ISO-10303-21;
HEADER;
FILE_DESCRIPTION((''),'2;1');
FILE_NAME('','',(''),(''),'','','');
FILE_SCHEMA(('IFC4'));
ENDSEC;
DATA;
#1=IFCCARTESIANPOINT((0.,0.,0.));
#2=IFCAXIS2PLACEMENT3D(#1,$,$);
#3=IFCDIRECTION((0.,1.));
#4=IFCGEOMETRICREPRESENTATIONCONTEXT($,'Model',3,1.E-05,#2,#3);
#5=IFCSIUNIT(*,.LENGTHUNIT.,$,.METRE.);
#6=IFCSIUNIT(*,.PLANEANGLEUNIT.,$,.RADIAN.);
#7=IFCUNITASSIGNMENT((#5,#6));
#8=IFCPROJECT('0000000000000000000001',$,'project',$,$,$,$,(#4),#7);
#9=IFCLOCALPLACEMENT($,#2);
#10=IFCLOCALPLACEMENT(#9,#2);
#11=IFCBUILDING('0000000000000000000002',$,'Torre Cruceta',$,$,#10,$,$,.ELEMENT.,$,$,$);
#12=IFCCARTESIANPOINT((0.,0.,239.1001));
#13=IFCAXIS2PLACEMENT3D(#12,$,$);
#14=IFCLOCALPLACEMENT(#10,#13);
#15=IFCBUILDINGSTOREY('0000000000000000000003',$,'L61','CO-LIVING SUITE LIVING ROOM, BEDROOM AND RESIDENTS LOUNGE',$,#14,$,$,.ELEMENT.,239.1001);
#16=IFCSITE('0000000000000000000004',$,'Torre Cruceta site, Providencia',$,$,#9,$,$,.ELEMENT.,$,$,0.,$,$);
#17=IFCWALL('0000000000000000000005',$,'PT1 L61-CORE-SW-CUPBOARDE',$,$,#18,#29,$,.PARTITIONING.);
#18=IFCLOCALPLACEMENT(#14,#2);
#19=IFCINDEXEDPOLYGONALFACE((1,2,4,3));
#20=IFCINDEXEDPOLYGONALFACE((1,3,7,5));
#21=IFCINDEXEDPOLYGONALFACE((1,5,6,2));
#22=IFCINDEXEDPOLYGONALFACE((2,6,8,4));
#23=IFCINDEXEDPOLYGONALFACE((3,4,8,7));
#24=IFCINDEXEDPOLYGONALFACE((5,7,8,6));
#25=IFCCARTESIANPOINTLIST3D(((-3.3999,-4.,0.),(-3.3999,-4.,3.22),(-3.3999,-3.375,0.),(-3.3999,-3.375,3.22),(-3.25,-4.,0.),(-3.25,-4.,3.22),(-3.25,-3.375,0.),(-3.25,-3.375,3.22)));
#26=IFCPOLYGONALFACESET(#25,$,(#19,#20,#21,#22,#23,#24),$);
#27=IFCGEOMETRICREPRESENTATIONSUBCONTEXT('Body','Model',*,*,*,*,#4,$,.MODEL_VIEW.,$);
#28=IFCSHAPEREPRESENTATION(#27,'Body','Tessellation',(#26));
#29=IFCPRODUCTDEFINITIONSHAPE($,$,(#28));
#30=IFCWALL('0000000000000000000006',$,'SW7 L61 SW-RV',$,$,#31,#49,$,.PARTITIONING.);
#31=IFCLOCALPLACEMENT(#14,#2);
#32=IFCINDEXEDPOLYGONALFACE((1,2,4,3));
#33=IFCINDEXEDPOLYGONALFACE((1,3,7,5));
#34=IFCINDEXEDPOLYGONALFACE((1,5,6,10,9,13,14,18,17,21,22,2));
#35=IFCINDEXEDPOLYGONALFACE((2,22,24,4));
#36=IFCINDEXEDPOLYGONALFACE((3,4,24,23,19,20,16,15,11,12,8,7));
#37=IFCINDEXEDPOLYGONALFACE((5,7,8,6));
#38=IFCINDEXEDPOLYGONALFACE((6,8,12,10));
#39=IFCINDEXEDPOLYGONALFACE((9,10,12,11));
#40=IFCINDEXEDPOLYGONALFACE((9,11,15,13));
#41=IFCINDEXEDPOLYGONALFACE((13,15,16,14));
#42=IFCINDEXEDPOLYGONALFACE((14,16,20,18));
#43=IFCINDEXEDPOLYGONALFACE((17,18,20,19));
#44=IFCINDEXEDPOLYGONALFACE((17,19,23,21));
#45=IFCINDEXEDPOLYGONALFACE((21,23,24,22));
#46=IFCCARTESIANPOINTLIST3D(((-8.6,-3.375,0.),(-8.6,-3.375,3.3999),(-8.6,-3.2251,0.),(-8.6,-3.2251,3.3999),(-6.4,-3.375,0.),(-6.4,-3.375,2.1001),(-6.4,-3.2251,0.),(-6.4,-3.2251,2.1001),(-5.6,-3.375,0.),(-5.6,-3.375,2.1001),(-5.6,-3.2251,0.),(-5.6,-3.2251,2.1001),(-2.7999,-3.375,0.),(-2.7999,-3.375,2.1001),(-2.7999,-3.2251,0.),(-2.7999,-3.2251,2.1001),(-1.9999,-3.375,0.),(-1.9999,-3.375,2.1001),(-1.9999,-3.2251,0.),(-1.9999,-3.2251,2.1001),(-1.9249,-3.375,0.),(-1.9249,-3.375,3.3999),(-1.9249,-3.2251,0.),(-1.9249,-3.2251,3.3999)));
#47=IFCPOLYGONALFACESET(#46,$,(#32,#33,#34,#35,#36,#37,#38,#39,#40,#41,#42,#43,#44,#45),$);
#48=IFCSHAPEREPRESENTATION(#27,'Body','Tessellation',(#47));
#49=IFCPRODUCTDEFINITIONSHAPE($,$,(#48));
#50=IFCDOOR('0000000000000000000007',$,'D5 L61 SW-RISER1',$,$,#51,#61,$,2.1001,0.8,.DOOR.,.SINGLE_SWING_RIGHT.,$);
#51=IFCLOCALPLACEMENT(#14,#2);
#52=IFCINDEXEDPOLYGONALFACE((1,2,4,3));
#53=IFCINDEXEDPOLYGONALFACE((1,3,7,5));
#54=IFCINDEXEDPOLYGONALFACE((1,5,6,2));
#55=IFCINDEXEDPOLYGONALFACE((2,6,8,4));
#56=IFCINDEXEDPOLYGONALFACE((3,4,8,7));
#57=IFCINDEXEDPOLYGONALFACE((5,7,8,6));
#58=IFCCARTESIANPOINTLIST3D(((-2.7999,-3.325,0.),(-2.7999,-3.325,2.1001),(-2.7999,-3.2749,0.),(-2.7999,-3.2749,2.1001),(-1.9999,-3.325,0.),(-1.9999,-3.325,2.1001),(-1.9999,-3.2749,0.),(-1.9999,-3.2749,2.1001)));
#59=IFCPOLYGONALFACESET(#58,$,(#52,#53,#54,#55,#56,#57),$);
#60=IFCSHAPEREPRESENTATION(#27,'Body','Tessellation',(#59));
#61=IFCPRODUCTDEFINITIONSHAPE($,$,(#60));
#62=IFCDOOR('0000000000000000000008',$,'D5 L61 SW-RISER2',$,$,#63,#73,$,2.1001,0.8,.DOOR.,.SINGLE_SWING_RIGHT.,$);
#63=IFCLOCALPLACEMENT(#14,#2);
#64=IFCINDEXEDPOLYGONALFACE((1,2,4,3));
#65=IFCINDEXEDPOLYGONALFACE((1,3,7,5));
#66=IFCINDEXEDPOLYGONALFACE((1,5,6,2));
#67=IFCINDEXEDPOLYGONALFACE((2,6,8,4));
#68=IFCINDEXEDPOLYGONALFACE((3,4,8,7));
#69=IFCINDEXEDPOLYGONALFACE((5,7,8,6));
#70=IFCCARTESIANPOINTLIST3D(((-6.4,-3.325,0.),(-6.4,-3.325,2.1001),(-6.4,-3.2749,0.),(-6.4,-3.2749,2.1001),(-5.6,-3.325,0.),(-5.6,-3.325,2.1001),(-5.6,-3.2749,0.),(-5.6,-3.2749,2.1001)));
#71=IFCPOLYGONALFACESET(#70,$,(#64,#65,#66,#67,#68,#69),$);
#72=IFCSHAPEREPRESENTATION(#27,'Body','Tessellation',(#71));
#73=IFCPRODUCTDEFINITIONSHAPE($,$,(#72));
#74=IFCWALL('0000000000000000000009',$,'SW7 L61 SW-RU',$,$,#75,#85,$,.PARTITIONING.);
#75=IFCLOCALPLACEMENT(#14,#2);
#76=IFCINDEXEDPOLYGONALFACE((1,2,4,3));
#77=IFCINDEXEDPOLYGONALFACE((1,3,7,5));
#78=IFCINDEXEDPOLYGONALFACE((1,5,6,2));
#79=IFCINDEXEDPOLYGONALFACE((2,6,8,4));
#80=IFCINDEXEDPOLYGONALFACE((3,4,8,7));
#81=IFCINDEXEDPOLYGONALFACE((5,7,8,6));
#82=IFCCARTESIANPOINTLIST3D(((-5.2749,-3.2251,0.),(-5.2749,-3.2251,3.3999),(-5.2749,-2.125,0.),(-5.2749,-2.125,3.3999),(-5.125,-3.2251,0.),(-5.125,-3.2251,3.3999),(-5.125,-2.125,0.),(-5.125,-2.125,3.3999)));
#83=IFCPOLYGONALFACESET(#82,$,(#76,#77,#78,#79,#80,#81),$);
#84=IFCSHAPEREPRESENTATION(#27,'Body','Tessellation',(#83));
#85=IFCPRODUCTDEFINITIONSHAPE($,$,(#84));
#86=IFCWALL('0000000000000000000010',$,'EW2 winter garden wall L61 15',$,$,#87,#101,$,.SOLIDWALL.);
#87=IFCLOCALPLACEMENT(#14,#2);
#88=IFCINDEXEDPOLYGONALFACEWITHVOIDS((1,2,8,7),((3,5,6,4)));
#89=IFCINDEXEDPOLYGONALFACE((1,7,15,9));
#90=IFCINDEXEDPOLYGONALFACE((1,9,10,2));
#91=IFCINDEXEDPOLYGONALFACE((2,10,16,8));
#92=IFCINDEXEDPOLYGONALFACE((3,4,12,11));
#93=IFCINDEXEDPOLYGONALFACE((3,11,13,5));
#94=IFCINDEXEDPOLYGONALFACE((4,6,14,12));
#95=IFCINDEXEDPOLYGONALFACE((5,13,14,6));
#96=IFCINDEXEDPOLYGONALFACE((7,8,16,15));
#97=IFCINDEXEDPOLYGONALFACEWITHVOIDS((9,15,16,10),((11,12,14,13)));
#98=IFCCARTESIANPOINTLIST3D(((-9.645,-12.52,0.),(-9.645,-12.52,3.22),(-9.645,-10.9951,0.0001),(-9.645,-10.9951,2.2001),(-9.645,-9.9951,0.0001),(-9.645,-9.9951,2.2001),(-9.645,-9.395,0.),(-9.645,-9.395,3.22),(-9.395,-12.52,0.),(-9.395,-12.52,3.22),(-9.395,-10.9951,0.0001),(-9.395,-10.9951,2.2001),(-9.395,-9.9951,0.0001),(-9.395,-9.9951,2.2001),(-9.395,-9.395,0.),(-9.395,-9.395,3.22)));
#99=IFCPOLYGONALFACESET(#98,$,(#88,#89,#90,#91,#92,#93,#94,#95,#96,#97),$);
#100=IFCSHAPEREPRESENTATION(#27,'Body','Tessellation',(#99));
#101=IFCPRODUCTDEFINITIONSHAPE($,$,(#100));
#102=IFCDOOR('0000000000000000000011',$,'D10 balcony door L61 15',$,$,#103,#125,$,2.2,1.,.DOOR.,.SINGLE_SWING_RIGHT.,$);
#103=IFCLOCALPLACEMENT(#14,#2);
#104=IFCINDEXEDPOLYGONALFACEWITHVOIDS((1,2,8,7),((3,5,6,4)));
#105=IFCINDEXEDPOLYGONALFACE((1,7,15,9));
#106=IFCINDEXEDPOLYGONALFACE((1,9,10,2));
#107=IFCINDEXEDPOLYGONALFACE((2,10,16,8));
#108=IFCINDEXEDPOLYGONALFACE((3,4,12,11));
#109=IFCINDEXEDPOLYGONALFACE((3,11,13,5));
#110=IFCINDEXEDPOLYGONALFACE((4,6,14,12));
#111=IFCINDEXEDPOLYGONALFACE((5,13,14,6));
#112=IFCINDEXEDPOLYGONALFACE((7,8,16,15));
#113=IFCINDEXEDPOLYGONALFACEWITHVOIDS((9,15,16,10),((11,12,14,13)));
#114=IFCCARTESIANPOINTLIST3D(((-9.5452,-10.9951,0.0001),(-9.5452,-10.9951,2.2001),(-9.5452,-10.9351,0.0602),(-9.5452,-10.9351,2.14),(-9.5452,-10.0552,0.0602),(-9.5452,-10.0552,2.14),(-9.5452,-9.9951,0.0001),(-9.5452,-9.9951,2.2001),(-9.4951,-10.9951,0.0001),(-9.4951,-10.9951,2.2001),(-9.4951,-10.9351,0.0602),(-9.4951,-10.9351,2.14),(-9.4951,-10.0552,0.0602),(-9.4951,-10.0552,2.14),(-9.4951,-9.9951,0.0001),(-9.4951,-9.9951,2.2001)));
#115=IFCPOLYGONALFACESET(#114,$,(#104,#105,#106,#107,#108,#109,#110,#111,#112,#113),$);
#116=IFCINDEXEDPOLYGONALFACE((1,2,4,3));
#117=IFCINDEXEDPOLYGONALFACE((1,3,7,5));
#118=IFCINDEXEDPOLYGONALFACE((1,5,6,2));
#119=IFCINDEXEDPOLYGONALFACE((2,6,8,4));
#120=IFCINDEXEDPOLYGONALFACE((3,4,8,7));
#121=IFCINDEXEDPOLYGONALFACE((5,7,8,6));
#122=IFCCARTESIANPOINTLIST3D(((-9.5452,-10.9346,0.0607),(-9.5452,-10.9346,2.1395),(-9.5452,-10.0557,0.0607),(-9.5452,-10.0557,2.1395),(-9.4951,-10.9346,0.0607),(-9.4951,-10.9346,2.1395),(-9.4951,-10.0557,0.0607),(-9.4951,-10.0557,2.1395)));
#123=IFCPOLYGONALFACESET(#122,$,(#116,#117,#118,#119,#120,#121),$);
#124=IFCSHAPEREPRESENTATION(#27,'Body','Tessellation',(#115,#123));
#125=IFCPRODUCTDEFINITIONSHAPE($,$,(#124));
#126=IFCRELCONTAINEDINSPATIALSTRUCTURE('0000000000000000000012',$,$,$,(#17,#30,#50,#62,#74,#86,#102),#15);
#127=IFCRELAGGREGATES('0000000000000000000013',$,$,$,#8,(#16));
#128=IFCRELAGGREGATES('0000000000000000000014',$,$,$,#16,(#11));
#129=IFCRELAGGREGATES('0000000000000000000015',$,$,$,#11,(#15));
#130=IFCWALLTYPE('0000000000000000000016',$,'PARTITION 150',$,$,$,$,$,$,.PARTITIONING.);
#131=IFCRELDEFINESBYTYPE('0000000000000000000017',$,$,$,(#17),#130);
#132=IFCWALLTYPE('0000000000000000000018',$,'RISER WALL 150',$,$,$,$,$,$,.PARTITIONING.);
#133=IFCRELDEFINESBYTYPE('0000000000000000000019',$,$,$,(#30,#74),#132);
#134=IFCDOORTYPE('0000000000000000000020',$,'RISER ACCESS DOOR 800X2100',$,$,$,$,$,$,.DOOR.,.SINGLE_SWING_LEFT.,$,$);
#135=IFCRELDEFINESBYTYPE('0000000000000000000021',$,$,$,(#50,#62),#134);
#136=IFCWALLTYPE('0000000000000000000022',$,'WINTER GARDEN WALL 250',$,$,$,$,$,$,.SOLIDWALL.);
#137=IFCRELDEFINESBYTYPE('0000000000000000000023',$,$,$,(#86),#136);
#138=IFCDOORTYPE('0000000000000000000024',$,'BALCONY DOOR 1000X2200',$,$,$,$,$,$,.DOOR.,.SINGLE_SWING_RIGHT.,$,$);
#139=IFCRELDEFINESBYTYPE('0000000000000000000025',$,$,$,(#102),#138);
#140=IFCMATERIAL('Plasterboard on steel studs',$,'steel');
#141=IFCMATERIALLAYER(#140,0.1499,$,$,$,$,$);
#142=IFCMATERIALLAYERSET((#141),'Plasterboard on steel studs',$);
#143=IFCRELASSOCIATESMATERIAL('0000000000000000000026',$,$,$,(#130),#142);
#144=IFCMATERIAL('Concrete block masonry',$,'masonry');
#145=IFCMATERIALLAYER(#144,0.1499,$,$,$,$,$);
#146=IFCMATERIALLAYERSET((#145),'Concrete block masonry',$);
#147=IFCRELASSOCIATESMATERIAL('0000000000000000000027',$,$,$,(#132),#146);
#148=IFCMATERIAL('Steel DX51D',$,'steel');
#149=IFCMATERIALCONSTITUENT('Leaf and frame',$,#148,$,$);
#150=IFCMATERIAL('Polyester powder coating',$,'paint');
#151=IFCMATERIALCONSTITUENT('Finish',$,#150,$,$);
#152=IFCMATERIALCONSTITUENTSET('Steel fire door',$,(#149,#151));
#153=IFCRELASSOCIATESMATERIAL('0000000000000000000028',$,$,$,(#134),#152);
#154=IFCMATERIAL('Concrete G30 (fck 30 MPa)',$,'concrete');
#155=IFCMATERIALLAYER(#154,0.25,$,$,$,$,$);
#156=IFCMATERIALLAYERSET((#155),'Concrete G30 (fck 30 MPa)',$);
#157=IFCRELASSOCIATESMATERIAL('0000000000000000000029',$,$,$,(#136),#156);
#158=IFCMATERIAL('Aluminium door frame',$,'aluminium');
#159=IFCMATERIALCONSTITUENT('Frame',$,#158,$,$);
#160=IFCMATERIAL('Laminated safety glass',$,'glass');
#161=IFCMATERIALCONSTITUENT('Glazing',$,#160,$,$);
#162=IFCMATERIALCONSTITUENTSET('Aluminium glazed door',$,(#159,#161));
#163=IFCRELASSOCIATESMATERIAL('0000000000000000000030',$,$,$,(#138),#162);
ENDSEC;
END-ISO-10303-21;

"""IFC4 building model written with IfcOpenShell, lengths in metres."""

from ifc_helpers import new_model, si_unit, direction, frame, frame_2d, origin, place, context, subcontext, project, spatial, rectangle, hollow_rectangle, extrude, material, layer, layer_set, constituent, constituent_set, type_object, element, fill, save


model = new_model("IFC4")

# Units and contexts
model_context = context("Model", 3, precision=1e-05, world=origin(), true_north=direction((0.0, 1.0)))
body_context = subcontext(model_context, "Body", "Model", "MODEL_VIEW")
ifc_project = project(units=[si_unit("LENGTHUNIT", "METRE"), si_unit("PLANEANGLEUNIT", "RADIAN")], contexts=[model_context])

# Site, building, storey
site_placement = place(None, origin())
site = spatial("IfcSite", under=ifc_project, at=site_placement, Name="Torre Cruceta site, Providencia", CompositionType="ELEMENT", RefElevation=0.0)
building_placement = place(site_placement, origin())
building = spatial("IfcBuilding", under=site, at=building_placement, Name="Torre Cruceta", CompositionType="ELEMENT")
storey_placement = place(building_placement, frame((0.0, 0.0, 239.1001)))
storey = spatial("IfcBuildingStorey", under=building, at=storey_placement, Name="L61", Description="CO-LIVING SUITE LIVING ROOM, BEDROOM AND RESIDENTS LOUNGE", CompositionType="ELEMENT", Elevation=239.1001)

# Shared definitions
ifc_material_1 = material(Name="Plasterboard on steel studs", Category="steel")
ifc_layer_1 = layer(ifc_material_1, 0.1499)
ifc_layer_set_1 = layer_set([ifc_layer_1], Name="Plasterboard on steel studs")
wall_type_1 = type_object("IfcWallType", Name="PARTITION 150", PredefinedType="PARTITIONING", material=ifc_layer_set_1)

# Wall
wall_1_placement = place(storey_placement, frame((-3.325, -3.375, 0.0), z_axis=(0.0, 0.0, 1.0), x_axis=(0.0, -1.0, 0.0)))
element("IfcWall", 1, at=wall_1_placement, inside=storey, type_object=wall_type_1, Name="PT1 L61-CORE-SW-CUPBOARDE", PredefinedType="PARTITIONING", context=body_context, shape_type="SweptSolid", body=[
    extrude(rectangle(XDim=0.625, YDim=0.1499, at=frame_2d((0.3125, 0.0))), origin(), (0.0, 0.0, 1.0), 3.22),
])

# Wall, openings, doors
ifc_material_2 = material(Name="Concrete block masonry", Category="masonry")
ifc_layer_2 = layer(ifc_material_2, 0.1499)
ifc_layer_set_2 = layer_set([ifc_layer_2], Name="Concrete block masonry")
wall_type_2 = type_object("IfcWallType", Name="RISER WALL 150", PredefinedType="PARTITIONING", material=ifc_layer_set_2)
wall_2_placement = place(storey_placement, frame((-1.925, -3.3, 0.0), z_axis=(0.0, 0.0, 1.0), x_axis=(-1.0, 0.0, 0.0)))
wall_2 = element("IfcWall", 2, at=wall_2_placement, inside=storey, type_object=wall_type_2, Name="SW7 L61 SW-RV", PredefinedType="PARTITIONING", context=body_context, shape_type="SweptSolid", body=[
    extrude(rectangle(XDim=6.675, YDim=0.1499, at=frame_2d((3.3374, 0.0))), origin(), (0.0, 0.0, 1.0), 3.3999),
])
opening_1_placement = place(wall_2_placement, frame((0.075, 0.0, 0.0)))
opening_1 = element("IfcOpeningElement", 3, at=opening_1_placement, cuts=wall_2, PredefinedType="OPENING", context=body_context, shape_type="SweptSolid", body=[
    extrude(rectangle(XDim=0.8, YDim=2.1001, at=frame_2d((0.3999, 1.05))), frame((0.0, 0.085, 0.0), z_axis=(0.0, -1.0, 0.0), x_axis=(1.0, 0.0, 0.0)), (0.0, 0.0, 1.0), 0.1699),
])
opening_2_placement = place(wall_2_placement, frame((3.675, 0.0, 0.0)))
opening_2 = element("IfcOpeningElement", 4, at=opening_2_placement, cuts=wall_2, PredefinedType="OPENING", context=body_context, shape_type="SweptSolid", body=[
    extrude(rectangle(XDim=0.8, YDim=2.1001, at=frame_2d((0.3999, 1.05))), frame((0.0, 0.085, 0.0), z_axis=(0.0, -1.0, 0.0), x_axis=(1.0, 0.0, 0.0)), (0.0, 0.0, 1.0), 0.1699),
])
ifc_material_3 = material(Name="Steel DX51D", Category="steel")
ifc_constituent_1 = constituent(ifc_material_3, Name="Leaf and frame")
ifc_material_4 = material(Name="Polyester powder coating", Category="paint")
ifc_constituent_2 = constituent(ifc_material_4, Name="Finish")
ifc_constituent_set_1 = constituent_set(constituents=[ifc_constituent_1, ifc_constituent_2], Name="Steel fire door")
door_type_1 = type_object("IfcDoorType", Name="RISER ACCESS DOOR 800X2100", OperationType="SINGLE_SWING_LEFT", PredefinedType="DOOR", material=ifc_constituent_set_1)
door_1_placement = place(opening_1_placement, frame((0.8, 0.0, 0.0), z_axis=(0.0, 0.0, 1.0), x_axis=(-1.0, 0.0, 0.0)))
door_1 = element("IfcDoor", 5, at=door_1_placement, inside=storey, type_object=door_type_1, Name="D5 L61 SW-RISER1", OperationType="SINGLE_SWING_RIGHT", OverallHeight=2.1001, OverallWidth=0.8, PredefinedType="DOOR", context=body_context, shape_type="SweptSolid", body=[
    extrude(rectangle(XDim=0.8, YDim=2.1001, at=frame_2d((0.4001, 1.05))), frame((0.0, 0.0251, 0.0), z_axis=(0.0, -1.0, 0.0), x_axis=(1.0, 0.0, 0.0)), (0.0, 0.0, 1.0), 0.05),
])
fill(opening_1, door_1)
door_2_placement = place(opening_2_placement, frame((0.8, 0.0, 0.0), z_axis=(0.0, 0.0, 1.0), x_axis=(-1.0, 0.0, 0.0)))
door_2 = element("IfcDoor", 6, at=door_2_placement, inside=storey, type_object=door_type_1, Name="D5 L61 SW-RISER2", OperationType="SINGLE_SWING_RIGHT", OverallHeight=2.1001, OverallWidth=0.8, PredefinedType="DOOR", context=body_context, shape_type="SweptSolid", body=[
    extrude(rectangle(XDim=0.8, YDim=2.1001, at=frame_2d((0.4001, 1.05))), frame((0.0, 0.0251, 0.0), z_axis=(0.0, -1.0, 0.0), x_axis=(1.0, 0.0, 0.0)), (0.0, 0.0, 1.0), 0.05),
])
fill(opening_2, door_2)

# Wall
wall_3_placement = place(storey_placement, frame((-5.2, -2.125, 0.0), z_axis=(0.0, 0.0, 1.0), x_axis=(0.0, -1.0, 0.0)))
element("IfcWall", 7, at=wall_3_placement, inside=storey, type_object=wall_type_2, Name="SW7 L61 SW-RU", PredefinedType="PARTITIONING", context=body_context, shape_type="SweptSolid", body=[
    extrude(rectangle(XDim=1.1001, YDim=0.1499, at=frame_2d((0.55, 0.0))), origin(), (0.0, 0.0, 1.0), 3.3999),
])

# Wall, opening, door
ifc_material_5 = material(Name="Concrete G30 (fck 30 MPa)", Category="concrete")
ifc_layer_3 = layer(ifc_material_5, 0.25)
ifc_layer_set_3 = layer_set([ifc_layer_3], Name="Concrete G30 (fck 30 MPa)")
wall_type_3 = type_object("IfcWallType", Name="WINTER GARDEN WALL 250", PredefinedType="SOLIDWALL", material=ifc_layer_set_3)
wall_4_placement = place(storey_placement, frame((-9.52, -9.395, 0.0), z_axis=(0.0, 0.0, 1.0), x_axis=(0.0, -1.0, 0.0)))
wall_4 = element("IfcWall", 8, at=wall_4_placement, inside=storey, type_object=wall_type_3, Name="EW2 winter garden wall L61 15", PredefinedType="SOLIDWALL", context=body_context, shape_type="SweptSolid", body=[
    extrude(rectangle(XDim=3.125, YDim=0.25, at=frame_2d((1.5625, 0.0))), origin(), (0.0, 0.0, 1.0), 3.22),
])
opening_3_placement = place(wall_4_placement, frame((0.6001, 0.0, 0.0)))
opening_3 = element("IfcOpeningElement", 9, at=opening_3_placement, cuts=wall_4, PredefinedType="OPENING", context=body_context, shape_type="SweptSolid", body=[
    extrude(rectangle(XDim=1.0, YDim=2.2, at=frame_2d((0.5, 1.1001))), frame((0.0, 0.135, 0.0), z_axis=(0.0, -1.0, 0.0), x_axis=(1.0, 0.0, 0.0)), (0.0, 0.0, 1.0), 0.27),
])
ifc_material_6 = material(Name="Aluminium door frame", Category="aluminium")
ifc_constituent_3 = constituent(ifc_material_6, Name="Frame")
ifc_material_7 = material(Name="Laminated safety glass", Category="glass")
ifc_constituent_4 = constituent(ifc_material_7, Name="Glazing")
ifc_constituent_set_2 = constituent_set(constituents=[ifc_constituent_3, ifc_constituent_4], Name="Aluminium glazed door")
door_type_2 = type_object("IfcDoorType", Name="BALCONY DOOR 1000X2200", OperationType="SINGLE_SWING_RIGHT", PredefinedType="DOOR", material=ifc_constituent_set_2)
door_3_placement = place(opening_3_placement, origin())
door_3 = element("IfcDoor", 10, at=door_3_placement, inside=storey, type_object=door_type_2, Name="D10 balcony door L61 15", OperationType="SINGLE_SWING_RIGHT", OverallHeight=2.2, OverallWidth=1.0, PredefinedType="DOOR", context=body_context, shape_type="SweptSolid", body=[
    extrude(hollow_rectangle(XDim=1.0, YDim=2.2, WallThickness=0.0601, at=frame_2d((0.5, 1.1001))), frame((0.0, 0.0249, 0.0), z_axis=(0.0, -1.0, 0.0), x_axis=(1.0, 0.0, 0.0)), (0.0, 0.0, 1.0), 0.05),
    extrude(rectangle(XDim=0.8789, YDim=2.0789, at=frame_2d((0.5, 1.1001))), frame((0.0, 0.0249, 0.0), z_axis=(0.0, -1.0, 0.0), x_axis=(1.0, 0.0, 0.0)), (0.0, 0.0, 1.0), 0.05),
])
fill(opening_3, door_3)

save(model, "model.ifc")
